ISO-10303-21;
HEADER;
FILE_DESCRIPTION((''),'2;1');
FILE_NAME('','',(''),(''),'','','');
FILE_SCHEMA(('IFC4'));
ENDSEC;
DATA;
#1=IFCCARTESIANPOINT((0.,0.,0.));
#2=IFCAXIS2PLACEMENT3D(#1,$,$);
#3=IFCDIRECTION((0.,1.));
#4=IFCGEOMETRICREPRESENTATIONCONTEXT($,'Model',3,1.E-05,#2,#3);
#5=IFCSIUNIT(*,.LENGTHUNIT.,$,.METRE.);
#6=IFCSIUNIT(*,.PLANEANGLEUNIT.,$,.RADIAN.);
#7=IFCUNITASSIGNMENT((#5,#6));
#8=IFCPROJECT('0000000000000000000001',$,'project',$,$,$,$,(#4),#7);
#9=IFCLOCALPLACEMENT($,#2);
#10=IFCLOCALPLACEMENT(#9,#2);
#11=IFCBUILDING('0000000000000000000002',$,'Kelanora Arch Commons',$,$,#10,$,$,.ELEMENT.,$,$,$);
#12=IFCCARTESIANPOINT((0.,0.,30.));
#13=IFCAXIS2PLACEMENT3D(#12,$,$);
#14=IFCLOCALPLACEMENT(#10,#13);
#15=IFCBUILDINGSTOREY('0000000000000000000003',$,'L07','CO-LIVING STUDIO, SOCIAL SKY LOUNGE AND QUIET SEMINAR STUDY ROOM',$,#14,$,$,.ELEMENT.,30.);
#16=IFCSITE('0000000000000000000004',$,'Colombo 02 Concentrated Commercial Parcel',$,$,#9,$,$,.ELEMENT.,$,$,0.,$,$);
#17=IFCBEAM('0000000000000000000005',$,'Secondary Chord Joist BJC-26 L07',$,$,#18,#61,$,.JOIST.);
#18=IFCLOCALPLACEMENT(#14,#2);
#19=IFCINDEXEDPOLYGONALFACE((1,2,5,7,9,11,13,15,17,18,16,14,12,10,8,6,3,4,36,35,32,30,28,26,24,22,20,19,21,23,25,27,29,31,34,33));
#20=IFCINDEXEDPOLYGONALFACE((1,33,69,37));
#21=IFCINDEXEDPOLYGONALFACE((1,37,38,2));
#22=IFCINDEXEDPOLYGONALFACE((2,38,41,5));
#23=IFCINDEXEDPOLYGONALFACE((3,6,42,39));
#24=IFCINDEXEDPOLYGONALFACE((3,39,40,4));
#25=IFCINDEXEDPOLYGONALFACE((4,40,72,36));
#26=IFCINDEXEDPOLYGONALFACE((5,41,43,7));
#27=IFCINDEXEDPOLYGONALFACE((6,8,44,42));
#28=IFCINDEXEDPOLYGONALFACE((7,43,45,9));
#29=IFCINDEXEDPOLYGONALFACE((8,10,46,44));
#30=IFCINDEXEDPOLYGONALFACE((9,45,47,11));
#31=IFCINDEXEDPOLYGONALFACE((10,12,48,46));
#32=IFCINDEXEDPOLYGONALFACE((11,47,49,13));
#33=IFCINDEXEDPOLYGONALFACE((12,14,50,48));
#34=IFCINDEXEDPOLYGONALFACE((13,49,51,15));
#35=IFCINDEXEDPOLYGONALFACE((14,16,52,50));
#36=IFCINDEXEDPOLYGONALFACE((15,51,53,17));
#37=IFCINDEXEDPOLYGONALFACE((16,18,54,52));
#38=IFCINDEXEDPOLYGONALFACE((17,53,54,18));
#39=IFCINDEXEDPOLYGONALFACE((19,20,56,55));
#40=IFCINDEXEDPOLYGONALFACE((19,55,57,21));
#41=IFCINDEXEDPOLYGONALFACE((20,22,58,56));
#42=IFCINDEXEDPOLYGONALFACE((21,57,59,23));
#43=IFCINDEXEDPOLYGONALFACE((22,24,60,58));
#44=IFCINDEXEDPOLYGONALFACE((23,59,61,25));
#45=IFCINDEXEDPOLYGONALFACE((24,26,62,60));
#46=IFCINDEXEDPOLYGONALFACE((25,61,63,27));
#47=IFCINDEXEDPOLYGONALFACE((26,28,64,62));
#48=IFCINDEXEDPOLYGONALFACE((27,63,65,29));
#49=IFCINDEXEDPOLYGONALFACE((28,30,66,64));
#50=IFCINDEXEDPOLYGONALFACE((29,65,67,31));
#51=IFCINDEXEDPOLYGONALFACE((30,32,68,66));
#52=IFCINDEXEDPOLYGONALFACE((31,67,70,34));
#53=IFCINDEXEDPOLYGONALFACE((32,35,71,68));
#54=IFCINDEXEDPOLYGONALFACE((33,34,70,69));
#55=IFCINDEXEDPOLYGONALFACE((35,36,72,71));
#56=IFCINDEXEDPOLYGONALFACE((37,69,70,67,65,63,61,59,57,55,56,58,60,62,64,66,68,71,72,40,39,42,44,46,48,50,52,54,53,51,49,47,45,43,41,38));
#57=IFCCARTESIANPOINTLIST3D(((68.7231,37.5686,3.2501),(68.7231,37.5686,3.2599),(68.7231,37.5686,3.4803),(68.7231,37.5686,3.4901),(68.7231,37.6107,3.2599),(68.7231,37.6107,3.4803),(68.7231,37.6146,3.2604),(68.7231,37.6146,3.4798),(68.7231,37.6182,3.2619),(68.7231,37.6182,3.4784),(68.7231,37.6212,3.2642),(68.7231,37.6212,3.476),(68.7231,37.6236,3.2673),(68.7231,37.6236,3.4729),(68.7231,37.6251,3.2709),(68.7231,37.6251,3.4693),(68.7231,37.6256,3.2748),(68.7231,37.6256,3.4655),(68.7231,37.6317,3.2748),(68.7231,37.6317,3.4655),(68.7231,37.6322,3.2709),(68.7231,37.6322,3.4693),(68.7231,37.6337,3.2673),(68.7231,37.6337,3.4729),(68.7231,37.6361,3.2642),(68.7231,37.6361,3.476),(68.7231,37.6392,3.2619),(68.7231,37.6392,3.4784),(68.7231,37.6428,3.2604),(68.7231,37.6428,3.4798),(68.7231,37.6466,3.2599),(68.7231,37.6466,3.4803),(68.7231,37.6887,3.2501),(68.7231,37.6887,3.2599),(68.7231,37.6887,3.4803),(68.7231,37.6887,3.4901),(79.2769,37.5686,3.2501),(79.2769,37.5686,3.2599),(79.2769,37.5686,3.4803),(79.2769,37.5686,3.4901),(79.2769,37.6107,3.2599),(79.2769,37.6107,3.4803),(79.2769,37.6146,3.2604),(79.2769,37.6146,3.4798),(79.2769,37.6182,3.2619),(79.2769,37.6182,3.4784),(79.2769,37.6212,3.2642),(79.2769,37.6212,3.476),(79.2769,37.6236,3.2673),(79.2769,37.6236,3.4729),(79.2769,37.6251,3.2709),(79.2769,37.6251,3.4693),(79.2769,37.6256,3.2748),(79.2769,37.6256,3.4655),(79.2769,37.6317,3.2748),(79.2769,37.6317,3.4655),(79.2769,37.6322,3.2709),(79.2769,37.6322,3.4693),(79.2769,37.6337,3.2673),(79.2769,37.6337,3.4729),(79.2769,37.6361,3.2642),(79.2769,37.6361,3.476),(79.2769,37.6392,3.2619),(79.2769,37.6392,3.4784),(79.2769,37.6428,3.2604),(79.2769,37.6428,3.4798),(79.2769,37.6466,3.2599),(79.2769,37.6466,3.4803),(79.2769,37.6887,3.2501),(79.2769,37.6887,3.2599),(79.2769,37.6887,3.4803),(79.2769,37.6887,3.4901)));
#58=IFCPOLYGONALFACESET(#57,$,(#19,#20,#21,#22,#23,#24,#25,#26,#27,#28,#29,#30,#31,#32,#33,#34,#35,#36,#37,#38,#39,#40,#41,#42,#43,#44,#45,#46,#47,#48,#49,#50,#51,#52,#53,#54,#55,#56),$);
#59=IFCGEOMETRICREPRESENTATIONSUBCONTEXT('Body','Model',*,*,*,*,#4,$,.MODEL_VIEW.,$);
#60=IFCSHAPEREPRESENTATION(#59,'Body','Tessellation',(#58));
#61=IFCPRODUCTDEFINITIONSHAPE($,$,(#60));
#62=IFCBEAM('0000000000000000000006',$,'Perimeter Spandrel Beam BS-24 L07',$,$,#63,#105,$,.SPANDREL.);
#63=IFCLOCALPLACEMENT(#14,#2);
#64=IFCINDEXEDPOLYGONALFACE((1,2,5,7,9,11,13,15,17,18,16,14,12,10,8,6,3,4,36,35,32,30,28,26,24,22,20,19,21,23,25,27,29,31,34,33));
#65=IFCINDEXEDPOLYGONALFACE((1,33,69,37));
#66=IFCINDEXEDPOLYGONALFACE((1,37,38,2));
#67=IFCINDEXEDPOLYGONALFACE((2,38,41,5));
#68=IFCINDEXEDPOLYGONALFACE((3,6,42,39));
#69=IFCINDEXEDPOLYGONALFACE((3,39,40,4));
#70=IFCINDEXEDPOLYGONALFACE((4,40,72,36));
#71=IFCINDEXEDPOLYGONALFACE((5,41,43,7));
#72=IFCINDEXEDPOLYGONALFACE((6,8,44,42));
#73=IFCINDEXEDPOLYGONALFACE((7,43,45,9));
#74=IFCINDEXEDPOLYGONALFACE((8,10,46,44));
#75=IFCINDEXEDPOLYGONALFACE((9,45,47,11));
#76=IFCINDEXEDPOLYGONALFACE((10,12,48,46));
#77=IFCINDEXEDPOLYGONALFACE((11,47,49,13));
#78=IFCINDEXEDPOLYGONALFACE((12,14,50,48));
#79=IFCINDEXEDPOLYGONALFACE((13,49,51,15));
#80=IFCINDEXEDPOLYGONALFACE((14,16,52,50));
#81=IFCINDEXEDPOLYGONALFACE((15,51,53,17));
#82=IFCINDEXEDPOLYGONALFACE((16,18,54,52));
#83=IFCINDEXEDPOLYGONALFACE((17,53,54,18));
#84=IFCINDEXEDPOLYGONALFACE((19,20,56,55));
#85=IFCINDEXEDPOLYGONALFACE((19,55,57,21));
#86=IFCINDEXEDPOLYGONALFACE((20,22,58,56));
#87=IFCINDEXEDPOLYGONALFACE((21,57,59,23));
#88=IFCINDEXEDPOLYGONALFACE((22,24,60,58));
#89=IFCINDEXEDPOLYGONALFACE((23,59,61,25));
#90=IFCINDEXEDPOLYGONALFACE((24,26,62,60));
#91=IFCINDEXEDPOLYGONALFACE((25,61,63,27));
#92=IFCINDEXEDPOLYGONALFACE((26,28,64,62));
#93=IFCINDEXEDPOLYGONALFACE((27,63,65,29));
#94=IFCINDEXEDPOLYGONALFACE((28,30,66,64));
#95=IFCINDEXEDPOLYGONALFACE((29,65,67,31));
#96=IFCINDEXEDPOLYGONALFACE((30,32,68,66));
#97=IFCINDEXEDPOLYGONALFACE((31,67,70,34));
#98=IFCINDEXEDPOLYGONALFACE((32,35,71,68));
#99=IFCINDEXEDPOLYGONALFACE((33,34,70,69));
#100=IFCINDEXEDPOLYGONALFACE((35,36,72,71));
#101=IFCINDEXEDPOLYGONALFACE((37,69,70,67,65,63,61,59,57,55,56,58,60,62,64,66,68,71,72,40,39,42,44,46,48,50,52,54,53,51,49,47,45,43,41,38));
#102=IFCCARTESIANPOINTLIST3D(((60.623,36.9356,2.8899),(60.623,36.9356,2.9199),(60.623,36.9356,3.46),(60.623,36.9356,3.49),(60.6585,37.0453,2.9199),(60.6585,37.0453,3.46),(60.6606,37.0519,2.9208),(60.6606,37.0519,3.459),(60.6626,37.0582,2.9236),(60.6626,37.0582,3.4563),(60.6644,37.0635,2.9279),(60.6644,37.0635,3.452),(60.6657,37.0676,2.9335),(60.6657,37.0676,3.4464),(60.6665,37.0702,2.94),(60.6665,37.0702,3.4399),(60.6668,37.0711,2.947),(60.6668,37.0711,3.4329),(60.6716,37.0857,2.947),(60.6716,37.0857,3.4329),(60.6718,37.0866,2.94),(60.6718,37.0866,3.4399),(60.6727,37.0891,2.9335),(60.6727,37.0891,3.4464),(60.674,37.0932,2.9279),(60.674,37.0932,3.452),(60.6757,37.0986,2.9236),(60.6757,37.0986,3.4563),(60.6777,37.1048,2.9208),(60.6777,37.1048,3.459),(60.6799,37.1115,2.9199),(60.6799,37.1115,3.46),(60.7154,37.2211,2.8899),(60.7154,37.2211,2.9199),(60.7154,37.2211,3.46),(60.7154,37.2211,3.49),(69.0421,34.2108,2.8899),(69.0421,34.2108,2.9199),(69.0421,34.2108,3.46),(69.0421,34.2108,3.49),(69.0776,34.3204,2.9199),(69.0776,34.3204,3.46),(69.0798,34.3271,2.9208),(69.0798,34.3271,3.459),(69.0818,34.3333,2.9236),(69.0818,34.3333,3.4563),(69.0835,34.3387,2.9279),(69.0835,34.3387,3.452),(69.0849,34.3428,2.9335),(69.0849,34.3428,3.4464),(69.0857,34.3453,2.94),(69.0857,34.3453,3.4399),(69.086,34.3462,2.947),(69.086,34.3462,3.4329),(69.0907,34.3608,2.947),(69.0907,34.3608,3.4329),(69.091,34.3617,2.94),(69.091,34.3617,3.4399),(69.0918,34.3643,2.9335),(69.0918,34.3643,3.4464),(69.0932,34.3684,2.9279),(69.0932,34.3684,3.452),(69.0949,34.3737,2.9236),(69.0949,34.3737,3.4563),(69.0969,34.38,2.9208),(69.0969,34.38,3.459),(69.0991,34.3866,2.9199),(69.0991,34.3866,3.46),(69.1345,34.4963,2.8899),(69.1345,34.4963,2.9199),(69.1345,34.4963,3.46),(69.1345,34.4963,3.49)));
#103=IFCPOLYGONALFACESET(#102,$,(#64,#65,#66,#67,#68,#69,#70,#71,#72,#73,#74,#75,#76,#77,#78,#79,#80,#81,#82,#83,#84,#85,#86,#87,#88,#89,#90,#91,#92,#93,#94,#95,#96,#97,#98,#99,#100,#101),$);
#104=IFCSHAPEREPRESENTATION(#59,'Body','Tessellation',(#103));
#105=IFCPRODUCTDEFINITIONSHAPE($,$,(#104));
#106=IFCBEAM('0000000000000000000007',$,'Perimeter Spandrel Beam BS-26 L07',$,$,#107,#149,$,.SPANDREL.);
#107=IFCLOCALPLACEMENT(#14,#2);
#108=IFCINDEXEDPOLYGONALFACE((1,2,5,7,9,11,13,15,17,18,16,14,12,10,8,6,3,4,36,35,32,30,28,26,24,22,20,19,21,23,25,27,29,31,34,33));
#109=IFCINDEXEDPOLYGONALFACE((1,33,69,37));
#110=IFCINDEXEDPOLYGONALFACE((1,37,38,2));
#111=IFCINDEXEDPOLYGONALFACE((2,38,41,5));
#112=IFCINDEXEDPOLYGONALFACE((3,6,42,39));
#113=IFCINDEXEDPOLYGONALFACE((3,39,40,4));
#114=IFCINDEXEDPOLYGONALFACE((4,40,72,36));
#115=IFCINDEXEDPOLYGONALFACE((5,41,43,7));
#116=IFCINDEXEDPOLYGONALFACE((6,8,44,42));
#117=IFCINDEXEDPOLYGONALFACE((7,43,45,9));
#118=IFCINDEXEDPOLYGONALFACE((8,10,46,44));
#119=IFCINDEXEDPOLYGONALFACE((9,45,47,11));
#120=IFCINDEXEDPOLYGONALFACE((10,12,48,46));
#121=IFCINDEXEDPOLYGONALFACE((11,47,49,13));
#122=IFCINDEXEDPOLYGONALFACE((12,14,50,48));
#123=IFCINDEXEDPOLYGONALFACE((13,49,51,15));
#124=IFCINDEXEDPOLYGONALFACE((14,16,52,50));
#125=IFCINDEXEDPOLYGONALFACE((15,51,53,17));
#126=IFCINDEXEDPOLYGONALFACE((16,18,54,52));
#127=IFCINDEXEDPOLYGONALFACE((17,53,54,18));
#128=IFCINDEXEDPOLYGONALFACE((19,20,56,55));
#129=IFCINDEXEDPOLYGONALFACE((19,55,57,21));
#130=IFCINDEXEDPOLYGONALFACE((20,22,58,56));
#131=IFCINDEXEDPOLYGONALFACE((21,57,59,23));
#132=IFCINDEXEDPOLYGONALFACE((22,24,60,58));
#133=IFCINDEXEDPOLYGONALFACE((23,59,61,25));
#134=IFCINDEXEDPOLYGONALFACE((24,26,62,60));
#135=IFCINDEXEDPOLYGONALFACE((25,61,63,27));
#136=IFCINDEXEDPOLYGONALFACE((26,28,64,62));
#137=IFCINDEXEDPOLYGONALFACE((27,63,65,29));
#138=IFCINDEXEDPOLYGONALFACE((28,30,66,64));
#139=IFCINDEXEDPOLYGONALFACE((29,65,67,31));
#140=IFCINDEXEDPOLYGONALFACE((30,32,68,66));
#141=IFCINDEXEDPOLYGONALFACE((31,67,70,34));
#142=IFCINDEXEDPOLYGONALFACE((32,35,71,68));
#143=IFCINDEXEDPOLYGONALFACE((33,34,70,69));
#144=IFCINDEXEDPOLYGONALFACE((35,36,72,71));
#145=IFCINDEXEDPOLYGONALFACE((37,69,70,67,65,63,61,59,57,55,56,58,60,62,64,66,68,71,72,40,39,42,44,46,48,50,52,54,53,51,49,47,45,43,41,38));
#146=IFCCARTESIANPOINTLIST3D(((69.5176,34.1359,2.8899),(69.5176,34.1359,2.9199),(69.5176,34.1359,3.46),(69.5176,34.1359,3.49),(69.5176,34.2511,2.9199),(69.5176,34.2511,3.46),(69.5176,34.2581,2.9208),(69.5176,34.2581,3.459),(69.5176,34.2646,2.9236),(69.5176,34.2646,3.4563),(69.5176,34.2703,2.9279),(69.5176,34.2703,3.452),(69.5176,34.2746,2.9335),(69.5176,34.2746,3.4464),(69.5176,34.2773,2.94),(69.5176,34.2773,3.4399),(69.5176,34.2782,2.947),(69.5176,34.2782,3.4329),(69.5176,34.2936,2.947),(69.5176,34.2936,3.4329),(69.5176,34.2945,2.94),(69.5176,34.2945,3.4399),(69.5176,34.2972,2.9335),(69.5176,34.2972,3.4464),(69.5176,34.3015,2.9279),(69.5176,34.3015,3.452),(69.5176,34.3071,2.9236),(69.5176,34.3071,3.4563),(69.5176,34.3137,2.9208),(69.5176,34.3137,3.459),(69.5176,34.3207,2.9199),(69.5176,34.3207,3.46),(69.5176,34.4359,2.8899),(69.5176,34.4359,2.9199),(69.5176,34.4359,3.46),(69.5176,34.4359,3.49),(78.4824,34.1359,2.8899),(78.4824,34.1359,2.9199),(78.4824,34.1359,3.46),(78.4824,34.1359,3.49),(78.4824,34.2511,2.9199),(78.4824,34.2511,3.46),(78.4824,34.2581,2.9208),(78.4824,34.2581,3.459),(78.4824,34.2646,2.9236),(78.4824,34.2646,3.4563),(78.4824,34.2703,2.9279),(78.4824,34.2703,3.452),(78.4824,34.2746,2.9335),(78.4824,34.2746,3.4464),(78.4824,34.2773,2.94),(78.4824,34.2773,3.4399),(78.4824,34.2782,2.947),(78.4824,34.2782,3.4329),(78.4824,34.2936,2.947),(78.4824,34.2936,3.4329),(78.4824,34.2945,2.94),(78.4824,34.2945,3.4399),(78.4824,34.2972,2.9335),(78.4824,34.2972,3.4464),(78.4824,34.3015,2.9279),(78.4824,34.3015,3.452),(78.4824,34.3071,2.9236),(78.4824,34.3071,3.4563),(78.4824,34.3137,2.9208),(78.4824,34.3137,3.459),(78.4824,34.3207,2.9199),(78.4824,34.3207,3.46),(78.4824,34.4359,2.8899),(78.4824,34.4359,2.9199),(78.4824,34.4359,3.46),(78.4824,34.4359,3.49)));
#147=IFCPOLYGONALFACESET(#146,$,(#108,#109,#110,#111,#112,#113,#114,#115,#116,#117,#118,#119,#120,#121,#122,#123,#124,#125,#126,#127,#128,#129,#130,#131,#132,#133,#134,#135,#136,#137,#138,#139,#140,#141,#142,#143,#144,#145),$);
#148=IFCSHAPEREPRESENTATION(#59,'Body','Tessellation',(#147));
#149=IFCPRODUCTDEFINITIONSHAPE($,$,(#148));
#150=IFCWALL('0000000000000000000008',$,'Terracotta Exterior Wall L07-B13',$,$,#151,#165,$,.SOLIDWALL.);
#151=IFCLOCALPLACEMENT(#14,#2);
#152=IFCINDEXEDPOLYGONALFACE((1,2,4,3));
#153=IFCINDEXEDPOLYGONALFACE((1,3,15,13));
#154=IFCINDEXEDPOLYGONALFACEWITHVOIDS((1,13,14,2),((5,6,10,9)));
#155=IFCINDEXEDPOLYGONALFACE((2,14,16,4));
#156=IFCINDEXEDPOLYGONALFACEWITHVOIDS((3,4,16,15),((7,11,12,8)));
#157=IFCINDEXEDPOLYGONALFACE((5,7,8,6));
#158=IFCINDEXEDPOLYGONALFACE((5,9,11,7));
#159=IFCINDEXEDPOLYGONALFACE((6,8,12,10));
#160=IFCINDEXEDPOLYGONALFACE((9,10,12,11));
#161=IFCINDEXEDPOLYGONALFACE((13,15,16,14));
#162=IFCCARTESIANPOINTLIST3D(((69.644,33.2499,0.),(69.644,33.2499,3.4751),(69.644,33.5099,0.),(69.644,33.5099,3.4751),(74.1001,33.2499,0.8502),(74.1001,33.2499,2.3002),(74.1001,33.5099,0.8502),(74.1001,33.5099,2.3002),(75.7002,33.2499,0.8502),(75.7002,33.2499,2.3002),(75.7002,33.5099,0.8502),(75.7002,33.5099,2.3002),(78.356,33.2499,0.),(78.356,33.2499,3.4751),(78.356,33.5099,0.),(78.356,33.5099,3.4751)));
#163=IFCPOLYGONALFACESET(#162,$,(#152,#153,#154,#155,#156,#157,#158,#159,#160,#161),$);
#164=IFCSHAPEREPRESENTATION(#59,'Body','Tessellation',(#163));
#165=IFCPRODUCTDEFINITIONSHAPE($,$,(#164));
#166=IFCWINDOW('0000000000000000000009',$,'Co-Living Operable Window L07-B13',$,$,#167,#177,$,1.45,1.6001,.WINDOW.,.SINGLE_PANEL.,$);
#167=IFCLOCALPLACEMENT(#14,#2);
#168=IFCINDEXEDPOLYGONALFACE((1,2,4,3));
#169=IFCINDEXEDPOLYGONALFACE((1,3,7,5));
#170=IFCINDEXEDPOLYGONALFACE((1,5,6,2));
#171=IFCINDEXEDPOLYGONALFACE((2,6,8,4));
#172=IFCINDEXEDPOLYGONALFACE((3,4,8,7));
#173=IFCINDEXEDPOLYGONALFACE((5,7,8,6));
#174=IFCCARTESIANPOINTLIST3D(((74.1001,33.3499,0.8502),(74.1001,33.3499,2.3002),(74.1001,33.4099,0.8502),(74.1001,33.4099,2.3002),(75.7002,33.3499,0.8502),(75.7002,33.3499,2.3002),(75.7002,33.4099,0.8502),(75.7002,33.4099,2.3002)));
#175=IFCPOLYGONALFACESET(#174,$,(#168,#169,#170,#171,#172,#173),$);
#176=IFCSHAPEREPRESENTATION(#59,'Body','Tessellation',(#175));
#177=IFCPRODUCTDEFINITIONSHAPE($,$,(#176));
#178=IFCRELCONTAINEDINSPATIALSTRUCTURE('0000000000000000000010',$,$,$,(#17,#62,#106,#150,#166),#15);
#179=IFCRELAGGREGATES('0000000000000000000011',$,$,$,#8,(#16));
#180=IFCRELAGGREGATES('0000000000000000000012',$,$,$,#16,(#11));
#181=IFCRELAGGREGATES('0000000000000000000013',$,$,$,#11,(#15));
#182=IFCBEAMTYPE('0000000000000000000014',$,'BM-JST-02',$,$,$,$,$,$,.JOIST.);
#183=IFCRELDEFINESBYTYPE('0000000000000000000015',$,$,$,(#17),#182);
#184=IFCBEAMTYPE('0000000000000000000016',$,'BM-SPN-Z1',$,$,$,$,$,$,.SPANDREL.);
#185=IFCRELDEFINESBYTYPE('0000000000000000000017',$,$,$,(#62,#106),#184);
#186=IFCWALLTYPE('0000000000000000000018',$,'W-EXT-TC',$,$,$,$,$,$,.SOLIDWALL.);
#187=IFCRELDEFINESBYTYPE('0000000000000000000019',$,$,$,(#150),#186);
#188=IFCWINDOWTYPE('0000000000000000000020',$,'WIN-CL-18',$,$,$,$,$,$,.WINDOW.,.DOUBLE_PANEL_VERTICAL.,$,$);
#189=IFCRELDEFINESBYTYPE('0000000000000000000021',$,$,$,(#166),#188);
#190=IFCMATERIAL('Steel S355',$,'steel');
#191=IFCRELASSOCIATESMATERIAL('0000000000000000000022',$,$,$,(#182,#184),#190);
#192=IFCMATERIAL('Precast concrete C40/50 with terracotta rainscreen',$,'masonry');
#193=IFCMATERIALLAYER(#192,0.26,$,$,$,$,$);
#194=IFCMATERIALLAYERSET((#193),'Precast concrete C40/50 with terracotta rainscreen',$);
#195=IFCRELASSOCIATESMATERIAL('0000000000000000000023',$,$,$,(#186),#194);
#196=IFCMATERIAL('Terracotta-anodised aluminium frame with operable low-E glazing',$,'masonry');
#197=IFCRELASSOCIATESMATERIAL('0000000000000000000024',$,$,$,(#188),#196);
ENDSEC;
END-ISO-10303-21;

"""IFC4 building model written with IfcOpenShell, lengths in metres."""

from ifc_helpers import new_model, si_unit, direction, frame, frame_2d, origin, origin_2d, place, context, subcontext, project, spatial, rectangle, i_section, extrude, material, layer, layer_set, material_profile, profile_set, type_object, element, fill, save


model = new_model("IFC4")

# Units and contexts
model_context = context("Model", 3, precision=1e-05, world=origin(), true_north=direction((0.0, 1.0)))
body_context = subcontext(model_context, "Body", "Model", "MODEL_VIEW")
ifc_project = project(units=[si_unit("LENGTHUNIT", "METRE"), si_unit("PLANEANGLEUNIT", "RADIAN")], contexts=[model_context])

# Site, building, storey
site_placement = place(None, origin())
site = spatial("IfcSite", under=ifc_project, at=site_placement, Name="Colombo 02 Concentrated Commercial Parcel", CompositionType="ELEMENT", RefElevation=0.0)
building_placement = place(site_placement, origin())
building = spatial("IfcBuilding", under=site, at=building_placement, Name="Kelanora Arch Commons", CompositionType="ELEMENT")
storey_placement = place(building_placement, frame((0.0, 0.0, 30.0)))
storey = spatial("IfcBuildingStorey", under=building, at=storey_placement, Name="L07", Description="CO-LIVING STUDIO, SOCIAL SKY LOUNGE AND QUIET SEMINAR STUDY ROOM", CompositionType="ELEMENT", Elevation=30.0)

# Beams
ifc_material_1 = material(Name="Steel S355", Category="steel")
ifc_material_profile_1 = material_profile(ifc_material_1, i_section(OverallWidth=0.1201, OverallDepth=0.24, WebThickness=0.0061, FlangeThickness=0.0098, FilletRadius=0.0149, at=origin_2d()), Name="IPE240")
ifc_profile_set_1 = profile_set([ifc_material_profile_1], Name="Steel S355")
beam_type_1 = type_object("IfcBeamType", Name="BM-JST-02", PredefinedType="JOIST", material=ifc_profile_set_1)
beam_1_placement = place(storey_placement, frame((68.7231, 37.6287, 3.3701), z_axis=(1.0, 0.0, 0.0), x_axis=(0.0, 1.0, 0.0)))
element("IfcBeam", 1, at=beam_1_placement, inside=storey, type_object=beam_type_1, Name="Secondary Chord Joist BJC-26 L07", PredefinedType="JOIST", context=body_context, shape_type="SweptSolid", body=[
    extrude(i_section(OverallWidth=0.1201, OverallDepth=0.24, WebThickness=0.0061, FlangeThickness=0.0098, FilletRadius=0.0149, at=origin_2d()), origin(), (0.0, 0.0, 1.0), 10.5537),
])
ifc_material_profile_2 = material_profile(ifc_material_1, i_section(OverallWidth=0.3, OverallDepth=0.6001, WebThickness=0.0154, FlangeThickness=0.03, FilletRadius=0.0271, at=origin_2d()), Name="HEB600")
ifc_profile_set_2 = profile_set([ifc_material_profile_2], Name="Steel S355")
beam_type_2 = type_object("IfcBeamType", Name="BM-SPN-Z1", PredefinedType="SPANDREL", material=ifc_profile_set_2)
beam_2_placement = place(storey_placement, frame((60.6692, 37.0784, 3.1899), z_axis=(0.951411, -0.307922, 0.0), x_axis=(0.307922, 0.951411, 0.0)))
element("IfcBeam", 2, at=beam_2_placement, inside=storey, type_object=beam_type_2, Name="Perimeter Spandrel Beam BS-24 L07", PredefinedType="SPANDREL", context=body_context, shape_type="SweptSolid", body=[
    extrude(i_section(OverallWidth=0.3, OverallDepth=0.6001, WebThickness=0.0154, FlangeThickness=0.03, FilletRadius=0.0271, at=origin_2d()), origin(), (0.0, 0.0, 1.0), 8.8491),
])
beam_3_placement = place(storey_placement, frame((69.5176, 34.2859, 3.1899), z_axis=(1.0, 0.0, 0.0), x_axis=(0.0, 1.0, 0.0)))
element("IfcBeam", 3, at=beam_3_placement, inside=storey, type_object=beam_type_2, Name="Perimeter Spandrel Beam BS-26 L07", PredefinedType="SPANDREL", context=body_context, shape_type="SweptSolid", body=[
    extrude(i_section(OverallWidth=0.3, OverallDepth=0.6001, WebThickness=0.0154, FlangeThickness=0.03, FilletRadius=0.0271, at=origin_2d()), origin(), (0.0, 0.0, 1.0), 8.9648),
])

# Wall, opening, window
ifc_material_2 = material(Name="Precast concrete C40/50 with terracotta rainscreen", Category="masonry")
ifc_layer_1 = layer(ifc_material_2, 0.26)
ifc_layer_set_1 = layer_set([ifc_layer_1], Name="Precast concrete C40/50 with terracotta rainscreen")
wall_type_1 = type_object("IfcWallType", Name="W-EXT-TC", PredefinedType="SOLIDWALL", material=ifc_layer_set_1)
wall_1_placement = place(storey_placement, frame((69.644, 33.3799, 0.0), z_axis=(0.0, 0.0, 1.0), x_axis=(1.0, 0.0, 0.0)))
wall_1 = element("IfcWall", 4, at=wall_1_placement, inside=storey, type_object=wall_type_1, Name="Terracotta Exterior Wall L07-B13", PredefinedType="SOLIDWALL", context=body_context, shape_type="SweptSolid", body=[
    extrude(rectangle(XDim=8.7119, YDim=0.26, at=frame_2d((4.356, 0.0))), origin(), (0.0, 0.0, 1.0), 3.4751),
])
opening_placement = place(wall_1_placement, frame((4.4561, 0.0, 0.8501)))
opening = element("IfcOpeningElement", 5, at=opening_placement, cuts=wall_1, PredefinedType="OPENING", context=body_context, shape_type="SweptSolid", body=[
    extrude(rectangle(XDim=1.6001, YDim=1.45, at=frame_2d((0.8, 0.7251))), frame((0.0, 0.1401, 0.0), z_axis=(0.0, -1.0, 0.0), x_axis=(1.0, 0.0, 0.0)), (0.0, 0.0, 1.0), 0.28),
])
ifc_material_3 = material(Name="Terracotta-anodised aluminium frame with operable low-E glazing", Category="masonry")
window_type = type_object("IfcWindowType", Name="WIN-CL-18", PartitioningType="DOUBLE_PANEL_VERTICAL", PredefinedType="WINDOW", material=ifc_material_3)
window_placement = place(opening_placement, origin())
window = element("IfcWindow", 6, at=window_placement, inside=storey, type_object=window_type, Name="Co-Living Operable Window L07-B13", OverallHeight=1.45, OverallWidth=1.6001, PartitioningType="SINGLE_PANEL", PredefinedType="WINDOW", context=body_context, shape_type="SweptSolid", body=[
    extrude(rectangle(XDim=1.6001, YDim=1.45, at=frame_2d((0.8, 0.7251))), frame((0.0, 0.03, 0.0), z_axis=(0.0, -1.0, 0.0), x_axis=(1.0, 0.0, 0.0)), (0.0, 0.0, 1.0), 0.0601),
])
fill(opening, window)

save(model, "model.ifc")
